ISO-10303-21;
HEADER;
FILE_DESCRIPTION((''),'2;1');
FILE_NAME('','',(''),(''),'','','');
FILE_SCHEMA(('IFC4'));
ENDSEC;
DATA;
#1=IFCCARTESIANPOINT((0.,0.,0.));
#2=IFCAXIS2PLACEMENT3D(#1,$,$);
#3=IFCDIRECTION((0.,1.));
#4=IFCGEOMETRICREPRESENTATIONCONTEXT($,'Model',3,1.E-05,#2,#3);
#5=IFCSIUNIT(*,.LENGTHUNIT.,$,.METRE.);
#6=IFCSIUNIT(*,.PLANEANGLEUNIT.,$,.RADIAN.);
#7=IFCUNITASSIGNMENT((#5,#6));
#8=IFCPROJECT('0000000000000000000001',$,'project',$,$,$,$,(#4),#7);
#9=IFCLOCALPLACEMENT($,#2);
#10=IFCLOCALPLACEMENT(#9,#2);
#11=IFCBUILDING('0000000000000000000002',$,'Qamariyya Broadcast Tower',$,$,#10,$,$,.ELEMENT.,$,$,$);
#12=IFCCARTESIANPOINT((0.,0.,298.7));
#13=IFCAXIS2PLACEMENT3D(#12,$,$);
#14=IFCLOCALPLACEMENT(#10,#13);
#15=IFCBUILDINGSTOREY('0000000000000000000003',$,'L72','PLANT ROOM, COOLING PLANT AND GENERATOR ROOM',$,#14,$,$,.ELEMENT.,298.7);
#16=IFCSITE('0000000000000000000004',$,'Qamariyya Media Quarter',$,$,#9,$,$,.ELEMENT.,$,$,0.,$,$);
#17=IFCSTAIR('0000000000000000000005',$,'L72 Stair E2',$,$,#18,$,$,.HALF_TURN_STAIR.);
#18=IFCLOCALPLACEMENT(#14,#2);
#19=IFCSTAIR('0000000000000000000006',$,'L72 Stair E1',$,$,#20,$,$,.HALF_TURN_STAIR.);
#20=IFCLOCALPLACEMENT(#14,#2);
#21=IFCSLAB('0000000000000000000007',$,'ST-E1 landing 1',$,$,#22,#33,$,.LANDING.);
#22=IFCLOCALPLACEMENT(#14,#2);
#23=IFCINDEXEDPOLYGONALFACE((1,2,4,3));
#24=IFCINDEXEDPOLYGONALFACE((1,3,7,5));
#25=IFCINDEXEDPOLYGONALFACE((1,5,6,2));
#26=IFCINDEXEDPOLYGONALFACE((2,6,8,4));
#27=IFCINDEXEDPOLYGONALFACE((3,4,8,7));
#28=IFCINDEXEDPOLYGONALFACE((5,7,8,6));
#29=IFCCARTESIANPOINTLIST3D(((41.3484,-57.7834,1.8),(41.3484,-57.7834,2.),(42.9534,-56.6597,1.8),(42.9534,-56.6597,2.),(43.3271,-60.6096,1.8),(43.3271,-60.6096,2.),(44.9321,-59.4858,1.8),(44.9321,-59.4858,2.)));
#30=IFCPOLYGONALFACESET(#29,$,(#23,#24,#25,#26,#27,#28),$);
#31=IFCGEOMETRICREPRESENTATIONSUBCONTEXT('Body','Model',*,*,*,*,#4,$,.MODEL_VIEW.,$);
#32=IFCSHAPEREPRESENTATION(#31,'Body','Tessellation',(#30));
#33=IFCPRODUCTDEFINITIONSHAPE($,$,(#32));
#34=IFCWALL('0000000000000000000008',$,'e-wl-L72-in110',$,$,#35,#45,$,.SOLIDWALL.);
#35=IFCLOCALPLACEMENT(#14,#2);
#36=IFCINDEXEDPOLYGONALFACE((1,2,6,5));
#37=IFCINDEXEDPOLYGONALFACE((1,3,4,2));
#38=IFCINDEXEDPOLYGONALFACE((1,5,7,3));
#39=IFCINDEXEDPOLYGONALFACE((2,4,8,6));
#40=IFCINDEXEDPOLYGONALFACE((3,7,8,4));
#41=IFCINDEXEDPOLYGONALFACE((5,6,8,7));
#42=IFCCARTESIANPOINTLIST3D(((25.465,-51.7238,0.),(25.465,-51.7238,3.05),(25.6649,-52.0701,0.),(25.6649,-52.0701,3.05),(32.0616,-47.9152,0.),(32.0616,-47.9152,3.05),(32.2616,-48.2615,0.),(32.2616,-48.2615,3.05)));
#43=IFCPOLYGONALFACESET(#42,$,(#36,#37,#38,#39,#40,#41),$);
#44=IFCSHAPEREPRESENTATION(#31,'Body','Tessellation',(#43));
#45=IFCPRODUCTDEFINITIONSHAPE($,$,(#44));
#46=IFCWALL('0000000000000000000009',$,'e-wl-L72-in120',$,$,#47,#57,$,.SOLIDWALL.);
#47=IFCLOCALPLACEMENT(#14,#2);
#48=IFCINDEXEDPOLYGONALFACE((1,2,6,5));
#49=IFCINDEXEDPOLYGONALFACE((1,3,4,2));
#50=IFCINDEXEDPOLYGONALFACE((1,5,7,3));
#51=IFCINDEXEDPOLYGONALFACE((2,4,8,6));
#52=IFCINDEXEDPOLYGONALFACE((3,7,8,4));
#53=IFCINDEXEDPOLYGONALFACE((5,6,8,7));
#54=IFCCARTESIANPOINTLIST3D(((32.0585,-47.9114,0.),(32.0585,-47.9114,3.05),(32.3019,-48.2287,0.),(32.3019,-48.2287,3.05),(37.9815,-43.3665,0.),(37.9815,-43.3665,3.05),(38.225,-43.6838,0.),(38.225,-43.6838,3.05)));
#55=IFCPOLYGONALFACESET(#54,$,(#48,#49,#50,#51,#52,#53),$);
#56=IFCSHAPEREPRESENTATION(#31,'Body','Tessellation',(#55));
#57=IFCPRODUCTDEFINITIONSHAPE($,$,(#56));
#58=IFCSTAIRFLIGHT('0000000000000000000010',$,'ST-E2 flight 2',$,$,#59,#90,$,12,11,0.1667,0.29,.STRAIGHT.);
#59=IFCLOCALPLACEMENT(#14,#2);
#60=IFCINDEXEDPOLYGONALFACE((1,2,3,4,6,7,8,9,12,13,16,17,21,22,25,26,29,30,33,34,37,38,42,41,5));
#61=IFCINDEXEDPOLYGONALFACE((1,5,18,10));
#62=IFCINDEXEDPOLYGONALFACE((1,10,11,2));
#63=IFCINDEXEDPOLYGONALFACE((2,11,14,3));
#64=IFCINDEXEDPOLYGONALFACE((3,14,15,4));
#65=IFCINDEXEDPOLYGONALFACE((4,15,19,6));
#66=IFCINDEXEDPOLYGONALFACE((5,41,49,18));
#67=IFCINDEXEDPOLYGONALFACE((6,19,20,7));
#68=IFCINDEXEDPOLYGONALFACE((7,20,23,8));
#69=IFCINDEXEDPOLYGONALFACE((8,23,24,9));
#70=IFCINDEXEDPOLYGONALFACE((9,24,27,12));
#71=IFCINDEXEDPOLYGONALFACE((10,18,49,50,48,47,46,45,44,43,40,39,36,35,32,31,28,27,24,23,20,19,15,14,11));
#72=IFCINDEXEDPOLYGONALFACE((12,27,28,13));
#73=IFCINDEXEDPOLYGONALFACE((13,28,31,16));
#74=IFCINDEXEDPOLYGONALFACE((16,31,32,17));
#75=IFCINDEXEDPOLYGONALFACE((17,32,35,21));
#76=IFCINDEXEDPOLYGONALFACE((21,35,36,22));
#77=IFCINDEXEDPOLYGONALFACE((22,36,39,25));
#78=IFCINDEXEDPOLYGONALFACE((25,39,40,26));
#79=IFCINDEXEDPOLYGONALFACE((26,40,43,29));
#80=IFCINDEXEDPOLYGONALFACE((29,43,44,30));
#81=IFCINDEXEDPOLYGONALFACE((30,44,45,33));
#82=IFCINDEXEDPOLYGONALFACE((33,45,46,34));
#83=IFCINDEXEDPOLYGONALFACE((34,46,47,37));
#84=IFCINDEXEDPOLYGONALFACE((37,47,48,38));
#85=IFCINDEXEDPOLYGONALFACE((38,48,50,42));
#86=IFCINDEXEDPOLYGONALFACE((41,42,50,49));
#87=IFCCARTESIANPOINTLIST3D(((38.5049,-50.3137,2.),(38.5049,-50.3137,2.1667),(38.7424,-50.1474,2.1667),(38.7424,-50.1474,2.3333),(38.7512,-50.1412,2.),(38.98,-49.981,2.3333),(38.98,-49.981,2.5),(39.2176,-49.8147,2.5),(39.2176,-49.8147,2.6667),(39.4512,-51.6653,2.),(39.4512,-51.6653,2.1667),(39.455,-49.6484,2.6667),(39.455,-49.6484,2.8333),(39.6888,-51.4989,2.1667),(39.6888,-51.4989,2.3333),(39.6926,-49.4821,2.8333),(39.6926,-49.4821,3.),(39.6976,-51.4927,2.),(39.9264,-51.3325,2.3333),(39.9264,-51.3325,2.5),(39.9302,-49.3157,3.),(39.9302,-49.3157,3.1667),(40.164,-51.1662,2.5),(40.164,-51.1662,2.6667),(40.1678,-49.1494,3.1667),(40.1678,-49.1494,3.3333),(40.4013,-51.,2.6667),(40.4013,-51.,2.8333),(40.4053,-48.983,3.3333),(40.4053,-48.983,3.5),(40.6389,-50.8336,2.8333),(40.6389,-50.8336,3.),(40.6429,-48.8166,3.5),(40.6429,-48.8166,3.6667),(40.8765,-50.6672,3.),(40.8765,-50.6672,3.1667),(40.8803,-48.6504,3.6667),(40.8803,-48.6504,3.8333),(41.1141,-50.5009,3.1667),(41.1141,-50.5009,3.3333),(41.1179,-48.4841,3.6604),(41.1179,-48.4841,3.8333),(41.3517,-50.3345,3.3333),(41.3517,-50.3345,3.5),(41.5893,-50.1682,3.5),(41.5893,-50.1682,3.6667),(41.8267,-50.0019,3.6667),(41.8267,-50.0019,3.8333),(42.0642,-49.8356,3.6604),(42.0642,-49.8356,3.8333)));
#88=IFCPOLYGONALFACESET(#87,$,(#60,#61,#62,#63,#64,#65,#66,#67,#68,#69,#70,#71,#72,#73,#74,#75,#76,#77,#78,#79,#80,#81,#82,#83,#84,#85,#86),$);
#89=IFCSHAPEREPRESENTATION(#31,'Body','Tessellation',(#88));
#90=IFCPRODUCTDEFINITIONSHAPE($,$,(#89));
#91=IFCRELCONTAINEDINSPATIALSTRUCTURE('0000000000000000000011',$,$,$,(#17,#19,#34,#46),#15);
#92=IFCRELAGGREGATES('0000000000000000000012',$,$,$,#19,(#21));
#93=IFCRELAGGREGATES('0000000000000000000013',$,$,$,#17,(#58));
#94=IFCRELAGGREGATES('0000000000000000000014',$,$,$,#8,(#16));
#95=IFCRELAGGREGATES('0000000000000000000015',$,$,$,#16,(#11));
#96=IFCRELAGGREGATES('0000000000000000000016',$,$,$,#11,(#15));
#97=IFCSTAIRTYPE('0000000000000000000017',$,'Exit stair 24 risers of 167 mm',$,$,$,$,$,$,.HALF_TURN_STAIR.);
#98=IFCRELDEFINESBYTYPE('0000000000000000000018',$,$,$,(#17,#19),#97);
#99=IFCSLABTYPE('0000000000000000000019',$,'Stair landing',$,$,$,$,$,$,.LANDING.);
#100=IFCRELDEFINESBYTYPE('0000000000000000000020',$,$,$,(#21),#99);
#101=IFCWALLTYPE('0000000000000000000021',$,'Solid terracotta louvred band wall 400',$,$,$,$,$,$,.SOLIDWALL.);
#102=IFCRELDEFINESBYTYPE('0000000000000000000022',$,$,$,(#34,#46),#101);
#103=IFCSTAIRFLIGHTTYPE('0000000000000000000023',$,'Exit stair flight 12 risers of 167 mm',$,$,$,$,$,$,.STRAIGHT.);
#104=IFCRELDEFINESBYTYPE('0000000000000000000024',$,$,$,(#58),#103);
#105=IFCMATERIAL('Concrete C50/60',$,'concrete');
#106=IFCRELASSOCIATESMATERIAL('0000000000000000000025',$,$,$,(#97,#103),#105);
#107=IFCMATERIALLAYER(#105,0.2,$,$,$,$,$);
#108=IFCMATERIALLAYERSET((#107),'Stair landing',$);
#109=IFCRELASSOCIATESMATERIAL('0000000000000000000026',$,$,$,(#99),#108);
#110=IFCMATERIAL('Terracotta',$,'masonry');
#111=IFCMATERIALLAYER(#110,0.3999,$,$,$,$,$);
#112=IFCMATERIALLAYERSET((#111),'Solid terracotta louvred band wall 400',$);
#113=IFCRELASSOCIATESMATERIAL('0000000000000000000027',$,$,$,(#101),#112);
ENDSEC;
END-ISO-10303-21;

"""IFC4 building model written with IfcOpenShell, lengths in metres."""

from ifc_helpers import new_model, si_unit, direction, frame, frame_2d, origin, place, context, subcontext, project, spatial, polyline, rectangle, outline, extrude, material, layer, layer_set, type_object, element, aggregate, save


model = new_model("IFC4")

# Units and contexts
model_context = context("Model", 3, precision=1e-05, world=origin(), true_north=direction((0.0, 1.0)))
body_context = subcontext(model_context, "Body", "Model", "MODEL_VIEW")
ifc_project = project(units=[si_unit("LENGTHUNIT", "METRE"), si_unit("PLANEANGLEUNIT", "RADIAN")], contexts=[model_context])

# Site, building, storey
site_placement = place(None, origin())
site = spatial("IfcSite", under=ifc_project, at=site_placement, Name="Qamariyya Media Quarter", CompositionType="ELEMENT", RefElevation=0.0)
building_placement = place(site_placement, origin())
building = spatial("IfcBuilding", under=site, at=building_placement, Name="Qamariyya Broadcast Tower", CompositionType="ELEMENT")
storey_placement = place(building_placement, frame((0.0, 0.0, 298.7)))
storey = spatial("IfcBuildingStorey", under=building, at=storey_placement, Name="L72", Description="PLANT ROOM, COOLING PLANT AND GENERATOR ROOM", CompositionType="ELEMENT", Elevation=298.7)

# Shared definitions
ifc_material_1 = material(Name="Concrete C50/60", Category="concrete")

# Stairs, slab
stair_type = type_object("IfcStairType", Name="Exit stair 24 risers of 167 mm", PredefinedType="HALF_TURN_STAIR", material=ifc_material_1)
ifc_layer_1 = layer(ifc_material_1, 0.2)
ifc_layer_set_1 = layer_set([ifc_layer_1], Name="Stair landing")
slab_type_1 = type_object("IfcSlabType", Name="Stair landing", PredefinedType="LANDING", material=ifc_layer_set_1)
stair_1_placement = place(storey_placement, origin())
stair_1 = element("IfcStair", 1, at=stair_1_placement, inside=storey, type_object=stair_type, Name="L72 Stair E2", PredefinedType="HALF_TURN_STAIR")
stair_2_placement = place(storey_placement, origin())
stair_2 = element("IfcStair", 2, at=stair_2_placement, inside=storey, type_object=stair_type, Name="L72 Stair E1", PredefinedType="HALF_TURN_STAIR")
slab_1_placement = place(storey_placement, frame((0.0, 0.0, 1.8)))
slab_1 = element("IfcSlab", 3, at=slab_1_placement, type_object=slab_type_1, Name="ST-E1 landing 1", PredefinedType="LANDING", context=body_context, shape_type="SweptSolid", body=[
    extrude(outline(polyline([(42.9534, -56.6597), (41.3484, -57.7834), (43.3271, -60.6096), (44.9321, -59.4858), (42.9534, -56.6597)])), origin(), (0.0, 0.0, 1.0), 0.2),
])
aggregate(stair_2, [slab_1])

# Walls
ifc_material_2 = material(Name="Terracotta", Category="masonry")
ifc_layer_2 = layer(ifc_material_2, 0.3999)
ifc_layer_set_2 = layer_set([ifc_layer_2], Name="Solid terracotta louvred band wall 400")
wall_type = type_object("IfcWallType", Name="Solid terracotta louvred band wall 400", PredefinedType="SOLIDWALL", material=ifc_layer_set_2)
wall_1_placement = place(storey_placement, frame((32.1616, -48.0884, 0.0), z_axis=(0.0, 0.0, 1.0), x_axis=(-0.866025, -0.5, 0.0)))
element("IfcWall", 4, at=wall_1_placement, inside=storey, type_object=wall_type, Name="e-wl-L72-in110", PredefinedType="SOLIDWALL", context=body_context, shape_type="SweptSolid", body=[
    extrude(rectangle(XDim=7.6172, YDim=0.3999, at=frame_2d((3.8086, 0.0))), origin(), (0.0, 0.0, 1.0), 3.05),
])
wall_2_placement = place(storey_placement, frame((38.1033, -43.5251, 0.0), z_axis=(0.0, 0.0, 1.0), x_axis=(-0.793355, -0.608759, 0.0)))
element("IfcWall", 5, at=wall_2_placement, inside=storey, type_object=wall_type, Name="e-wl-L72-in120", PredefinedType="SOLIDWALL", context=body_context, shape_type="SweptSolid", body=[
    extrude(rectangle(XDim=7.4658, YDim=0.3999, at=frame_2d((3.7329, 0.0))), origin(), (0.0, 0.0, 1.0), 3.05),
])

# Stair flight
stair_flight_type = type_object("IfcStairFlightType", Name="Exit stair flight 12 risers of 167 mm", PredefinedType="STRAIGHT", material=ifc_material_1)
stair_flight_placement = place(storey_placement, frame((38.978, -50.9895, 2.0), z_axis=(0.0, 0.0, 1.0), x_axis=(0.819152, 0.573576, 0.0)))
stair_flight = element("IfcStairFlight", 6, at=stair_flight_placement, type_object=stair_flight_type, Name="ST-E2 flight 2", NumberOfRisers=12, NumberOfTreads=11, PredefinedType="STRAIGHT", RiserHeight=0.1667, TreadLength=0.29, context=body_context, shape_type="SweptSolid", body=[
    extrude(outline(polyline([(0.0, 0.0), (0.0, 0.1667), (0.29, 0.1667), (0.29, 0.3333), (0.5801, 0.3333), (0.5801, 0.5), (0.8701, 0.5), (0.8701, 0.6667), (1.1599, 0.6667), (1.1599, 0.8333), (1.45, 0.8333), (1.45, 1.0), (1.74, 1.0), (1.74, 1.1667), (2.03, 1.1667), (2.03, 1.3333), (2.3201, 1.3333), (2.3201, 1.5), (2.6101, 1.5), (2.6101, 1.6667), (2.8999, 1.6667), (2.8999, 1.8333), (3.1899, 1.8333), (3.1899, 2.0), (3.1899, 1.6604), (0.3008, 0.0), (0.0, 0.0)])), frame((0.0, 0.825, 0.0), z_axis=(0.0, -1.0, 0.0), x_axis=(1.0, 0.0, 0.0)), (0.0, 0.0, 1.0), 1.6499),
])
aggregate(stair_1, [stair_flight])

save(model, "model.ifc")
